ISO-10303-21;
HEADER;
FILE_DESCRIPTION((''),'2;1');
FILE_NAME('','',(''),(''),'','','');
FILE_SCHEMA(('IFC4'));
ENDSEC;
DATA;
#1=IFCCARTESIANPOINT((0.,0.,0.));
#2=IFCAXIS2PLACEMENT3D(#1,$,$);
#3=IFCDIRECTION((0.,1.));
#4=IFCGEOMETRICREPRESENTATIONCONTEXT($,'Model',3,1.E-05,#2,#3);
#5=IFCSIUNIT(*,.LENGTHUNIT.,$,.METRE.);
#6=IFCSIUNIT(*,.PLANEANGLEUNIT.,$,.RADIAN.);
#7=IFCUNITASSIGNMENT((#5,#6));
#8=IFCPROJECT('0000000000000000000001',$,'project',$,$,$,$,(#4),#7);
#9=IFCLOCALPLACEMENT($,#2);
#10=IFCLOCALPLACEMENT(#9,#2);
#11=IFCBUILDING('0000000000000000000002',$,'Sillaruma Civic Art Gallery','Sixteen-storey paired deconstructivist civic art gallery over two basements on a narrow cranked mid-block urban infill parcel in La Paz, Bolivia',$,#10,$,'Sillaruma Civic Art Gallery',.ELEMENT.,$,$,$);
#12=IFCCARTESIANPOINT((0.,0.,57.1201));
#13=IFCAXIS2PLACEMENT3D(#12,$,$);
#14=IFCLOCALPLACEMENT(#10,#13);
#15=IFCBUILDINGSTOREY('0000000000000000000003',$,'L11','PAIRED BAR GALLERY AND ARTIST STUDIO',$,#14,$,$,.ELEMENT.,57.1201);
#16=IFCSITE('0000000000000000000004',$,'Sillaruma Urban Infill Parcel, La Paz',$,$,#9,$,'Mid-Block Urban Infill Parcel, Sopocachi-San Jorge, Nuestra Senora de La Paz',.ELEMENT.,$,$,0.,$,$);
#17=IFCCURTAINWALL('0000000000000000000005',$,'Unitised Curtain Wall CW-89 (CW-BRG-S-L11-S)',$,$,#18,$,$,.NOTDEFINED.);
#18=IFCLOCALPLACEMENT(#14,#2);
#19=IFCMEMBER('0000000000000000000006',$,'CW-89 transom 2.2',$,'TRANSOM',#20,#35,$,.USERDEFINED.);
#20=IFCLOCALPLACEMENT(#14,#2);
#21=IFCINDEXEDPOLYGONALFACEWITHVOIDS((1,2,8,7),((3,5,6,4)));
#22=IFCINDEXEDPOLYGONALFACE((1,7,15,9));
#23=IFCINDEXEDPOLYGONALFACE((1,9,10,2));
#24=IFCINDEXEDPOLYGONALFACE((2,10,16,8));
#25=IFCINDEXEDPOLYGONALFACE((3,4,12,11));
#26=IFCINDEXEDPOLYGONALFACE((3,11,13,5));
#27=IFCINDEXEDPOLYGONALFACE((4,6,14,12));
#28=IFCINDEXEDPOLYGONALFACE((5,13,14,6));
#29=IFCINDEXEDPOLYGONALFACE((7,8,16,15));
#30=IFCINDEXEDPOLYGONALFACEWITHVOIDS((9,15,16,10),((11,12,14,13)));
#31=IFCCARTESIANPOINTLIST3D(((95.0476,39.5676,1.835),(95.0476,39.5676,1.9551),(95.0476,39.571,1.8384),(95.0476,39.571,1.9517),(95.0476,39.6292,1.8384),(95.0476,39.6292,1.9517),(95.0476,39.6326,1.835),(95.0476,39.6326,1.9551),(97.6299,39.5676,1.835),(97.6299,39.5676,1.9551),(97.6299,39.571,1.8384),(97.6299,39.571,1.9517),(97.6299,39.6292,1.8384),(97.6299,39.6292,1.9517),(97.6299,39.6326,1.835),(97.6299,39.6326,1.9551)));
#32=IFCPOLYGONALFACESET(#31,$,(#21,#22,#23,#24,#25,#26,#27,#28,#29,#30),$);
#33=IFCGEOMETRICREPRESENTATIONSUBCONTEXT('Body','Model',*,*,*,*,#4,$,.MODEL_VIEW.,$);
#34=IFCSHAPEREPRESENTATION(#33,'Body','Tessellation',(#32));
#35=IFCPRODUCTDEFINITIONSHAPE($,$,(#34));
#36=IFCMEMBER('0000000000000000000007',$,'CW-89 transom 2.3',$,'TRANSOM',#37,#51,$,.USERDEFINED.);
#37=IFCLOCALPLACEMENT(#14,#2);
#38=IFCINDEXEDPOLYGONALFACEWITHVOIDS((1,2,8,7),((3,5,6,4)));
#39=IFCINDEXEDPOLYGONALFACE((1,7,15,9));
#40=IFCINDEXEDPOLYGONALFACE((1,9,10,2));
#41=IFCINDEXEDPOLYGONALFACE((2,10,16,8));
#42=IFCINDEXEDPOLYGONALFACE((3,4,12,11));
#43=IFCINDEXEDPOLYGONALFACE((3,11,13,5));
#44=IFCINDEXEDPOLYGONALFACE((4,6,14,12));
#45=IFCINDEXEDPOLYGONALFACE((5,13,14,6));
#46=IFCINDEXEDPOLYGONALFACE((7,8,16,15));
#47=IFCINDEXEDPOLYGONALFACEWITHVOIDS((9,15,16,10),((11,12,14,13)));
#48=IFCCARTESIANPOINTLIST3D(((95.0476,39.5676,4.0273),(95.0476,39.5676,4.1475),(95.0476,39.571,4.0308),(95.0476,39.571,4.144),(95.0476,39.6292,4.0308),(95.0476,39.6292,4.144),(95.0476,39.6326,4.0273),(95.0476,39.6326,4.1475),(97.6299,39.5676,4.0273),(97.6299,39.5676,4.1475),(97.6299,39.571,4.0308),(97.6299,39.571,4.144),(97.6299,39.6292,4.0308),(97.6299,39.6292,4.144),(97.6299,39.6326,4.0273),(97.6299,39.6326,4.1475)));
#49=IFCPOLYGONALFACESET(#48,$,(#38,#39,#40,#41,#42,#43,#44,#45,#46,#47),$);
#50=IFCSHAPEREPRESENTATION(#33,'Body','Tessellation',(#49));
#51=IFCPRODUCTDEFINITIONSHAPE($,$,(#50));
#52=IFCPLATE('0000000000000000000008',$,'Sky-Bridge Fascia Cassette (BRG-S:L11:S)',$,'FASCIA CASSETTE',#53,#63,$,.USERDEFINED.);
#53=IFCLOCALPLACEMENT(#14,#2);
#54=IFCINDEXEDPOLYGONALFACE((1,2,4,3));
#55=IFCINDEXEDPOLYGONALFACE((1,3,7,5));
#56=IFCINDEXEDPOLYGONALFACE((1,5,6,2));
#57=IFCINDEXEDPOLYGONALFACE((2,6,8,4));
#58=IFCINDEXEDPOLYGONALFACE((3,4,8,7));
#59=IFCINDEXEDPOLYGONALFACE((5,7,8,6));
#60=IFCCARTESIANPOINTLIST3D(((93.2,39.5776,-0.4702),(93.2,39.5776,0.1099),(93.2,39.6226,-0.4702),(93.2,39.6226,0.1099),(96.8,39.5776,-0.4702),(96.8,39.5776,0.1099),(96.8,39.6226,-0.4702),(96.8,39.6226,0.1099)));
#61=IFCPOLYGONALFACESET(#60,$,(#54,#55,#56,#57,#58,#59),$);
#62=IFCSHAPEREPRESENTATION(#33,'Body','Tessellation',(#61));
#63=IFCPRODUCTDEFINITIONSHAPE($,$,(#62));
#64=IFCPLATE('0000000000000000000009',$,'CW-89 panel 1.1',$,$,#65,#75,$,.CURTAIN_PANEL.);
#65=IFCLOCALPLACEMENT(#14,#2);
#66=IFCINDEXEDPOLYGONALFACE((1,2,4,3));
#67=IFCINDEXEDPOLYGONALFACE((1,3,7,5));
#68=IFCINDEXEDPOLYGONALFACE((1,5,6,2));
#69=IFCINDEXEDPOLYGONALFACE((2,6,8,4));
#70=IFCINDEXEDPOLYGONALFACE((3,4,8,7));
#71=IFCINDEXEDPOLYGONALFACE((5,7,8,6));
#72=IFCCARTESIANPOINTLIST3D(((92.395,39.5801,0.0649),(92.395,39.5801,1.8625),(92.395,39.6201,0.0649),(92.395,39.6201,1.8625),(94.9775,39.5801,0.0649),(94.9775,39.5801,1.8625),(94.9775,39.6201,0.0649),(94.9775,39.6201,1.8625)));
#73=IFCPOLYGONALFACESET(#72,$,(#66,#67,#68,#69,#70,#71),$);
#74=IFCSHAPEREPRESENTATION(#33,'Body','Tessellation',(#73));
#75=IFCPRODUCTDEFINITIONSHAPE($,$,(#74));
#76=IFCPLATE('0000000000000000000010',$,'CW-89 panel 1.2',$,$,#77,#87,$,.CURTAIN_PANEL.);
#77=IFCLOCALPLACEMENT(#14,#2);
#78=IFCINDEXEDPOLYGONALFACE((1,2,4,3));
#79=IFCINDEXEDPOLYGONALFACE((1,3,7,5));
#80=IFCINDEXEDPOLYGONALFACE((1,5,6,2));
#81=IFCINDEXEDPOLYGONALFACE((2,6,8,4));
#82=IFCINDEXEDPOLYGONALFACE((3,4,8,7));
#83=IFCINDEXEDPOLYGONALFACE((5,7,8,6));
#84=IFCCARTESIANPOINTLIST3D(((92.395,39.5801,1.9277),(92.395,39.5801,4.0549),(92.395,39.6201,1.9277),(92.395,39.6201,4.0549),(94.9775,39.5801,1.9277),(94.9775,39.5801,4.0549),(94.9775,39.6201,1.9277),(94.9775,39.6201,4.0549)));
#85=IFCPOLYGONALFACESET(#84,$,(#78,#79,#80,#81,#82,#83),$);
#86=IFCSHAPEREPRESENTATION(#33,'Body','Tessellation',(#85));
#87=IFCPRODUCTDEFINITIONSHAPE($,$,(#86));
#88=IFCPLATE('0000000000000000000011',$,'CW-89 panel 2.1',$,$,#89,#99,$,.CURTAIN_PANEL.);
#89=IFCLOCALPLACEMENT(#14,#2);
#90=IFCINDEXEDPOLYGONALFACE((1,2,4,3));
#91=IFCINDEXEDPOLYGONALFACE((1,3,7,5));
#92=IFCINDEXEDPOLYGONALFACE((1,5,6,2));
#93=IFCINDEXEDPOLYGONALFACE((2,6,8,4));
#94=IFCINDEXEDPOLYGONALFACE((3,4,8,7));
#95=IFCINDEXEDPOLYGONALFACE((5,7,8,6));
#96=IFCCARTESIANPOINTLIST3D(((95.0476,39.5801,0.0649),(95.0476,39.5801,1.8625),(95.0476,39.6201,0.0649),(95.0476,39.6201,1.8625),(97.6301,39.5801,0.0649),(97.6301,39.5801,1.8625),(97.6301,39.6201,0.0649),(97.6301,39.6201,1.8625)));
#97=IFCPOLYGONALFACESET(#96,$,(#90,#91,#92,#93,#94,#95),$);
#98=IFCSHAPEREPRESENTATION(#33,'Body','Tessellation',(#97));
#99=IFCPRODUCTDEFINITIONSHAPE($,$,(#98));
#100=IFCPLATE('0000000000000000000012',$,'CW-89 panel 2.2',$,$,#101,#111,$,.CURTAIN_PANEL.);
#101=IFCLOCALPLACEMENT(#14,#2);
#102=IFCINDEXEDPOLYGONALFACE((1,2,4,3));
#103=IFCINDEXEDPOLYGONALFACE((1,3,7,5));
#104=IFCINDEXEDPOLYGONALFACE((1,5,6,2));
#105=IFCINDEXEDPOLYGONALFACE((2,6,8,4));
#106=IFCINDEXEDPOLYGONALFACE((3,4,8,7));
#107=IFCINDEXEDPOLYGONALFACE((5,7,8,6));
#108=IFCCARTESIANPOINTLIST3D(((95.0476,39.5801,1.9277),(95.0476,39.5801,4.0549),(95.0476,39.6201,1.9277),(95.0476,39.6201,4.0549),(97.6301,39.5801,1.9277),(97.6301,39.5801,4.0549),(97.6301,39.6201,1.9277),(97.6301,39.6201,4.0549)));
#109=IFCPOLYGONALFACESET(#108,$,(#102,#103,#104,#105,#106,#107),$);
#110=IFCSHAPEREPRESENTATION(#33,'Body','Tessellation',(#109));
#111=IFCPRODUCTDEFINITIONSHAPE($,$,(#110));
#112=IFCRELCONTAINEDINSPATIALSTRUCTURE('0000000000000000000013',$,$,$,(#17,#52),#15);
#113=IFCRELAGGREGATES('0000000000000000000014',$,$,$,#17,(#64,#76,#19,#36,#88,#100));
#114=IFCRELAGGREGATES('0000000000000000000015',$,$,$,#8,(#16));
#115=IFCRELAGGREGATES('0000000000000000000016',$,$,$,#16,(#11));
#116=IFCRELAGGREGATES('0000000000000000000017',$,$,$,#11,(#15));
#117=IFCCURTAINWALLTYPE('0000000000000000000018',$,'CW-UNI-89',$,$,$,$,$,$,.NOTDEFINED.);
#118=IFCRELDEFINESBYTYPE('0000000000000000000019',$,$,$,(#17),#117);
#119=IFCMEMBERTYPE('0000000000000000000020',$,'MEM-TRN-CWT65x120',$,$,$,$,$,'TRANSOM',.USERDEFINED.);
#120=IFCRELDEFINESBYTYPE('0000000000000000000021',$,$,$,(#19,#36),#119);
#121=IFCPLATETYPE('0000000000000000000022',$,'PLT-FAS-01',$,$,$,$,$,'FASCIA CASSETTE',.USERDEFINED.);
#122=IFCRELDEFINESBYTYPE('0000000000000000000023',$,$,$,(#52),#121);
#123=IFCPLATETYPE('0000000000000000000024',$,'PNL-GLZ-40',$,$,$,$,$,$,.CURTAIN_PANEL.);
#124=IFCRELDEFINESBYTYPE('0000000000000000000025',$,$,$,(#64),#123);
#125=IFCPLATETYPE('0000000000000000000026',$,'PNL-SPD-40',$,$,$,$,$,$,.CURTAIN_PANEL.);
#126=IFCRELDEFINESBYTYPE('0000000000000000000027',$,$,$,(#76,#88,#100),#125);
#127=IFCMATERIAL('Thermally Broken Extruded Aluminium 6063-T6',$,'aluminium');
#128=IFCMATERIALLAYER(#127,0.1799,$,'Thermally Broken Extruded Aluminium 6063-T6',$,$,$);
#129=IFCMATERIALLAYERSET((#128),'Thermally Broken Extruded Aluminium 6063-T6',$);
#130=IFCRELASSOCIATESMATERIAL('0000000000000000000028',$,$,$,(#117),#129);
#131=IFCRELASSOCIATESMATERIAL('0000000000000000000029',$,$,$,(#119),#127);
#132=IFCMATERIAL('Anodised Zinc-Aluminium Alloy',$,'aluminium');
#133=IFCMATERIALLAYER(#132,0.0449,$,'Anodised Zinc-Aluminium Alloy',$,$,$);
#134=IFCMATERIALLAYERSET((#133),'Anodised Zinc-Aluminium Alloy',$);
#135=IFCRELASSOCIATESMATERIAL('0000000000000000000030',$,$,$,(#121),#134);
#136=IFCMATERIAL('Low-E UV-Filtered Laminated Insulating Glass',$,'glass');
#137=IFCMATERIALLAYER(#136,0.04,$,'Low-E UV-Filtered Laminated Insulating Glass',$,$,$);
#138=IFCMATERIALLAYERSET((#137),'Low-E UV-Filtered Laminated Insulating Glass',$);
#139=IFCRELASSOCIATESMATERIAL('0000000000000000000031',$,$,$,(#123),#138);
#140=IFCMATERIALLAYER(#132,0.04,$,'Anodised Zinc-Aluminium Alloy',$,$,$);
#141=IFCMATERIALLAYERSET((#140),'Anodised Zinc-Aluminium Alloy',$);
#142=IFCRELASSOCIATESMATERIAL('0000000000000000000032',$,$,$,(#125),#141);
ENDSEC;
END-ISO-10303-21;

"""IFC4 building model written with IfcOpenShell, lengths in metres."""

from ifc_helpers import new_model, si_unit, direction, frame, origin, origin_2d, place, context, subcontext, project, spatial, rectangle, hollow_rectangle, extrude, material, layer, layer_set, material_profile, profile_set, type_object, element, aggregate, save


model = new_model("IFC4")

# Units and contexts
model_context = context("Model", 3, precision=1e-05, world=origin(), true_north=direction((0.0, 1.0)))
body_context = subcontext(model_context, "Body", "Model", "MODEL_VIEW")
ifc_project = project(units=[si_unit("LENGTHUNIT", "METRE"), si_unit("PLANEANGLEUNIT", "RADIAN")], contexts=[model_context])

# Site, building, storey
site_placement = place(None, origin())
site = spatial("IfcSite", under=ifc_project, at=site_placement, Name="Sillaruma Urban Infill Parcel, La Paz", LongName="Mid-Block Urban Infill Parcel, Sopocachi-San Jorge, Nuestra Senora de La Paz", CompositionType="ELEMENT", RefElevation=0.0)
building_placement = place(site_placement, origin())
building = spatial("IfcBuilding", under=site, at=building_placement, Name="Sillaruma Civic Art Gallery", Description="Sixteen-storey paired deconstructivist civic art gallery over two basements on a narrow cranked mid-block urban infill parcel in La Paz, Bolivia", LongName="Sillaruma Civic Art Gallery", CompositionType="ELEMENT")
storey_placement = place(building_placement, frame((0.0, 0.0, 57.1201)))
storey = spatial("IfcBuildingStorey", under=building, at=storey_placement, Name="L11", Description="PAIRED BAR GALLERY AND ARTIST STUDIO", CompositionType="ELEMENT", Elevation=57.1201)

# Curtain wall, members
ifc_material_1 = material(Name="Thermally Broken Extruded Aluminium 6063-T6", Category="aluminium")
ifc_layer_1 = layer(ifc_material_1, 0.1799, Name="Thermally Broken Extruded Aluminium 6063-T6")
ifc_layer_set_1 = layer_set([ifc_layer_1], Name="Thermally Broken Extruded Aluminium 6063-T6")
curtain_wall_type = type_object("IfcCurtainWallType", Name="CW-UNI-89", PredefinedType="NOTDEFINED", material=ifc_layer_set_1)
curtain_wall_placement = place(storey_placement, origin())
curtain_wall = element("IfcCurtainWall", 1, at=curtain_wall_placement, inside=storey, type_object=curtain_wall_type, Name="Unitised Curtain Wall CW-89 (CW-BRG-S-L11-S)", PredefinedType="NOTDEFINED")
ifc_material_profile_1 = material_profile(ifc_material_1, hollow_rectangle(XDim=0.0649, YDim=0.1201, WallThickness=0.0034, at=origin_2d()), Name="CWT65x120")
ifc_profile_set_1 = profile_set([ifc_material_profile_1], Name="Thermally Broken Extruded Aluminium 6063-T6")
member_type_1 = type_object("IfcMemberType", Name="MEM-TRN-CWT65x120", ElementType="TRANSOM", PredefinedType="USERDEFINED", material=ifc_profile_set_1)
member_1_placement = place(storey_placement, frame((95.0476, 39.6001, 1.895), z_axis=(1.0, 0.0, 0.0), x_axis=(0.0, 1.0, 0.0)))
member_1 = element("IfcMember", 2, at=member_1_placement, type_object=member_type_1, Name="CW-89 transom 2.2", ObjectType="TRANSOM", PredefinedType="USERDEFINED", context=body_context, shape_type="SweptSolid", body=[
    extrude(hollow_rectangle(XDim=0.0649, YDim=0.1201, WallThickness=0.0034, at=origin_2d()), origin(), (0.0, 0.0, 1.0), 2.5823),
])
member_2_placement = place(storey_placement, frame((95.0476, 39.6001, 4.0874), z_axis=(1.0, 0.0, 0.0), x_axis=(0.0, 1.0, 0.0)))
member_2 = element("IfcMember", 3, at=member_2_placement, type_object=member_type_1, Name="CW-89 transom 2.3", ObjectType="TRANSOM", PredefinedType="USERDEFINED", context=body_context, shape_type="SweptSolid", body=[
    extrude(hollow_rectangle(XDim=0.0649, YDim=0.1201, WallThickness=0.0034, at=origin_2d()), origin(), (0.0, 0.0, 1.0), 2.5823),
])

# Plates
ifc_material_2 = material(Name="Anodised Zinc-Aluminium Alloy", Category="aluminium")
ifc_layer_2 = layer(ifc_material_2, 0.0449, Name="Anodised Zinc-Aluminium Alloy")
ifc_layer_set_2 = layer_set([ifc_layer_2], Name="Anodised Zinc-Aluminium Alloy")
plate_type_1 = type_object("IfcPlateType", Name="PLT-FAS-01", ElementType="FASCIA CASSETTE", PredefinedType="USERDEFINED", material=ifc_layer_set_2)
plate_1_placement = place(storey_placement, frame((95.0, 39.6001, -0.4702), z_axis=(0.0, 0.0, 1.0), x_axis=(1.0, 0.0, 0.0)))
element("IfcPlate", 4, at=plate_1_placement, inside=storey, type_object=plate_type_1, Name="Sky-Bridge Fascia Cassette (BRG-S:L11:S)", ObjectType="FASCIA CASSETTE", PredefinedType="USERDEFINED", context=body_context, shape_type="SweptSolid", body=[
    extrude(rectangle(XDim=3.6001, YDim=0.0449, at=origin_2d()), origin(), (0.0, 0.0, 1.0), 0.5801),
])
ifc_material_3 = material(Name="Low-E UV-Filtered Laminated Insulating Glass", Category="glass")
ifc_layer_3 = layer(ifc_material_3, 0.04, Name="Low-E UV-Filtered Laminated Insulating Glass")
ifc_layer_set_3 = layer_set([ifc_layer_3], Name="Low-E UV-Filtered Laminated Insulating Glass")
plate_type_2 = type_object("IfcPlateType", Name="PNL-GLZ-40", PredefinedType="CURTAIN_PANEL", material=ifc_layer_set_3)
plate_2_placement = place(storey_placement, frame((93.6863, 39.6001, 0.0649), z_axis=(0.0, 0.0, 1.0), x_axis=(1.0, 0.0, 0.0)))
plate_2 = element("IfcPlate", 5, at=plate_2_placement, type_object=plate_type_2, Name="CW-89 panel 1.1", PredefinedType="CURTAIN_PANEL", context=body_context, shape_type="SweptSolid", body=[
    extrude(rectangle(XDim=2.5825, YDim=0.04, at=origin_2d()), origin(), (0.0, 0.0, 1.0), 1.7976),
])
ifc_layer_4 = layer(ifc_material_2, 0.04, Name="Anodised Zinc-Aluminium Alloy")
ifc_layer_set_4 = layer_set([ifc_layer_4], Name="Anodised Zinc-Aluminium Alloy")
plate_type_3 = type_object("IfcPlateType", Name="PNL-SPD-40", PredefinedType="CURTAIN_PANEL", material=ifc_layer_set_4)
plate_3_placement = place(storey_placement, frame((93.6863, 39.6001, 1.9277), z_axis=(0.0, 0.0, 1.0), x_axis=(1.0, 0.0, 0.0)))
plate_3 = element("IfcPlate", 6, at=plate_3_placement, type_object=plate_type_3, Name="CW-89 panel 1.2", PredefinedType="CURTAIN_PANEL", context=body_context, shape_type="SweptSolid", body=[
    extrude(rectangle(XDim=2.5825, YDim=0.04, at=origin_2d()), origin(), (0.0, 0.0, 1.0), 2.1272),
])
plate_4_placement = place(storey_placement, frame((96.3389, 39.6001, 0.0649), z_axis=(0.0, 0.0, 1.0), x_axis=(1.0, 0.0, 0.0)))
plate_4 = element("IfcPlate", 7, at=plate_4_placement, type_object=plate_type_3, Name="CW-89 panel 2.1", PredefinedType="CURTAIN_PANEL", context=body_context, shape_type="SweptSolid", body=[
    extrude(rectangle(XDim=2.5825, YDim=0.04, at=origin_2d()), origin(), (0.0, 0.0, 1.0), 1.7976),
])
plate_5_placement = place(storey_placement, frame((96.3389, 39.6001, 1.9277), z_axis=(0.0, 0.0, 1.0), x_axis=(1.0, 0.0, 0.0)))
plate_5 = element("IfcPlate", 8, at=plate_5_placement, type_object=plate_type_3, Name="CW-89 panel 2.2", PredefinedType="CURTAIN_PANEL", context=body_context, shape_type="SweptSolid", body=[
    extrude(rectangle(XDim=2.5825, YDim=0.04, at=origin_2d()), origin(), (0.0, 0.0, 1.0), 2.1272),
])
aggregate(curtain_wall, [plate_2, plate_3, member_1, member_2, plate_4, plate_5])

save(model, "model.ifc")
